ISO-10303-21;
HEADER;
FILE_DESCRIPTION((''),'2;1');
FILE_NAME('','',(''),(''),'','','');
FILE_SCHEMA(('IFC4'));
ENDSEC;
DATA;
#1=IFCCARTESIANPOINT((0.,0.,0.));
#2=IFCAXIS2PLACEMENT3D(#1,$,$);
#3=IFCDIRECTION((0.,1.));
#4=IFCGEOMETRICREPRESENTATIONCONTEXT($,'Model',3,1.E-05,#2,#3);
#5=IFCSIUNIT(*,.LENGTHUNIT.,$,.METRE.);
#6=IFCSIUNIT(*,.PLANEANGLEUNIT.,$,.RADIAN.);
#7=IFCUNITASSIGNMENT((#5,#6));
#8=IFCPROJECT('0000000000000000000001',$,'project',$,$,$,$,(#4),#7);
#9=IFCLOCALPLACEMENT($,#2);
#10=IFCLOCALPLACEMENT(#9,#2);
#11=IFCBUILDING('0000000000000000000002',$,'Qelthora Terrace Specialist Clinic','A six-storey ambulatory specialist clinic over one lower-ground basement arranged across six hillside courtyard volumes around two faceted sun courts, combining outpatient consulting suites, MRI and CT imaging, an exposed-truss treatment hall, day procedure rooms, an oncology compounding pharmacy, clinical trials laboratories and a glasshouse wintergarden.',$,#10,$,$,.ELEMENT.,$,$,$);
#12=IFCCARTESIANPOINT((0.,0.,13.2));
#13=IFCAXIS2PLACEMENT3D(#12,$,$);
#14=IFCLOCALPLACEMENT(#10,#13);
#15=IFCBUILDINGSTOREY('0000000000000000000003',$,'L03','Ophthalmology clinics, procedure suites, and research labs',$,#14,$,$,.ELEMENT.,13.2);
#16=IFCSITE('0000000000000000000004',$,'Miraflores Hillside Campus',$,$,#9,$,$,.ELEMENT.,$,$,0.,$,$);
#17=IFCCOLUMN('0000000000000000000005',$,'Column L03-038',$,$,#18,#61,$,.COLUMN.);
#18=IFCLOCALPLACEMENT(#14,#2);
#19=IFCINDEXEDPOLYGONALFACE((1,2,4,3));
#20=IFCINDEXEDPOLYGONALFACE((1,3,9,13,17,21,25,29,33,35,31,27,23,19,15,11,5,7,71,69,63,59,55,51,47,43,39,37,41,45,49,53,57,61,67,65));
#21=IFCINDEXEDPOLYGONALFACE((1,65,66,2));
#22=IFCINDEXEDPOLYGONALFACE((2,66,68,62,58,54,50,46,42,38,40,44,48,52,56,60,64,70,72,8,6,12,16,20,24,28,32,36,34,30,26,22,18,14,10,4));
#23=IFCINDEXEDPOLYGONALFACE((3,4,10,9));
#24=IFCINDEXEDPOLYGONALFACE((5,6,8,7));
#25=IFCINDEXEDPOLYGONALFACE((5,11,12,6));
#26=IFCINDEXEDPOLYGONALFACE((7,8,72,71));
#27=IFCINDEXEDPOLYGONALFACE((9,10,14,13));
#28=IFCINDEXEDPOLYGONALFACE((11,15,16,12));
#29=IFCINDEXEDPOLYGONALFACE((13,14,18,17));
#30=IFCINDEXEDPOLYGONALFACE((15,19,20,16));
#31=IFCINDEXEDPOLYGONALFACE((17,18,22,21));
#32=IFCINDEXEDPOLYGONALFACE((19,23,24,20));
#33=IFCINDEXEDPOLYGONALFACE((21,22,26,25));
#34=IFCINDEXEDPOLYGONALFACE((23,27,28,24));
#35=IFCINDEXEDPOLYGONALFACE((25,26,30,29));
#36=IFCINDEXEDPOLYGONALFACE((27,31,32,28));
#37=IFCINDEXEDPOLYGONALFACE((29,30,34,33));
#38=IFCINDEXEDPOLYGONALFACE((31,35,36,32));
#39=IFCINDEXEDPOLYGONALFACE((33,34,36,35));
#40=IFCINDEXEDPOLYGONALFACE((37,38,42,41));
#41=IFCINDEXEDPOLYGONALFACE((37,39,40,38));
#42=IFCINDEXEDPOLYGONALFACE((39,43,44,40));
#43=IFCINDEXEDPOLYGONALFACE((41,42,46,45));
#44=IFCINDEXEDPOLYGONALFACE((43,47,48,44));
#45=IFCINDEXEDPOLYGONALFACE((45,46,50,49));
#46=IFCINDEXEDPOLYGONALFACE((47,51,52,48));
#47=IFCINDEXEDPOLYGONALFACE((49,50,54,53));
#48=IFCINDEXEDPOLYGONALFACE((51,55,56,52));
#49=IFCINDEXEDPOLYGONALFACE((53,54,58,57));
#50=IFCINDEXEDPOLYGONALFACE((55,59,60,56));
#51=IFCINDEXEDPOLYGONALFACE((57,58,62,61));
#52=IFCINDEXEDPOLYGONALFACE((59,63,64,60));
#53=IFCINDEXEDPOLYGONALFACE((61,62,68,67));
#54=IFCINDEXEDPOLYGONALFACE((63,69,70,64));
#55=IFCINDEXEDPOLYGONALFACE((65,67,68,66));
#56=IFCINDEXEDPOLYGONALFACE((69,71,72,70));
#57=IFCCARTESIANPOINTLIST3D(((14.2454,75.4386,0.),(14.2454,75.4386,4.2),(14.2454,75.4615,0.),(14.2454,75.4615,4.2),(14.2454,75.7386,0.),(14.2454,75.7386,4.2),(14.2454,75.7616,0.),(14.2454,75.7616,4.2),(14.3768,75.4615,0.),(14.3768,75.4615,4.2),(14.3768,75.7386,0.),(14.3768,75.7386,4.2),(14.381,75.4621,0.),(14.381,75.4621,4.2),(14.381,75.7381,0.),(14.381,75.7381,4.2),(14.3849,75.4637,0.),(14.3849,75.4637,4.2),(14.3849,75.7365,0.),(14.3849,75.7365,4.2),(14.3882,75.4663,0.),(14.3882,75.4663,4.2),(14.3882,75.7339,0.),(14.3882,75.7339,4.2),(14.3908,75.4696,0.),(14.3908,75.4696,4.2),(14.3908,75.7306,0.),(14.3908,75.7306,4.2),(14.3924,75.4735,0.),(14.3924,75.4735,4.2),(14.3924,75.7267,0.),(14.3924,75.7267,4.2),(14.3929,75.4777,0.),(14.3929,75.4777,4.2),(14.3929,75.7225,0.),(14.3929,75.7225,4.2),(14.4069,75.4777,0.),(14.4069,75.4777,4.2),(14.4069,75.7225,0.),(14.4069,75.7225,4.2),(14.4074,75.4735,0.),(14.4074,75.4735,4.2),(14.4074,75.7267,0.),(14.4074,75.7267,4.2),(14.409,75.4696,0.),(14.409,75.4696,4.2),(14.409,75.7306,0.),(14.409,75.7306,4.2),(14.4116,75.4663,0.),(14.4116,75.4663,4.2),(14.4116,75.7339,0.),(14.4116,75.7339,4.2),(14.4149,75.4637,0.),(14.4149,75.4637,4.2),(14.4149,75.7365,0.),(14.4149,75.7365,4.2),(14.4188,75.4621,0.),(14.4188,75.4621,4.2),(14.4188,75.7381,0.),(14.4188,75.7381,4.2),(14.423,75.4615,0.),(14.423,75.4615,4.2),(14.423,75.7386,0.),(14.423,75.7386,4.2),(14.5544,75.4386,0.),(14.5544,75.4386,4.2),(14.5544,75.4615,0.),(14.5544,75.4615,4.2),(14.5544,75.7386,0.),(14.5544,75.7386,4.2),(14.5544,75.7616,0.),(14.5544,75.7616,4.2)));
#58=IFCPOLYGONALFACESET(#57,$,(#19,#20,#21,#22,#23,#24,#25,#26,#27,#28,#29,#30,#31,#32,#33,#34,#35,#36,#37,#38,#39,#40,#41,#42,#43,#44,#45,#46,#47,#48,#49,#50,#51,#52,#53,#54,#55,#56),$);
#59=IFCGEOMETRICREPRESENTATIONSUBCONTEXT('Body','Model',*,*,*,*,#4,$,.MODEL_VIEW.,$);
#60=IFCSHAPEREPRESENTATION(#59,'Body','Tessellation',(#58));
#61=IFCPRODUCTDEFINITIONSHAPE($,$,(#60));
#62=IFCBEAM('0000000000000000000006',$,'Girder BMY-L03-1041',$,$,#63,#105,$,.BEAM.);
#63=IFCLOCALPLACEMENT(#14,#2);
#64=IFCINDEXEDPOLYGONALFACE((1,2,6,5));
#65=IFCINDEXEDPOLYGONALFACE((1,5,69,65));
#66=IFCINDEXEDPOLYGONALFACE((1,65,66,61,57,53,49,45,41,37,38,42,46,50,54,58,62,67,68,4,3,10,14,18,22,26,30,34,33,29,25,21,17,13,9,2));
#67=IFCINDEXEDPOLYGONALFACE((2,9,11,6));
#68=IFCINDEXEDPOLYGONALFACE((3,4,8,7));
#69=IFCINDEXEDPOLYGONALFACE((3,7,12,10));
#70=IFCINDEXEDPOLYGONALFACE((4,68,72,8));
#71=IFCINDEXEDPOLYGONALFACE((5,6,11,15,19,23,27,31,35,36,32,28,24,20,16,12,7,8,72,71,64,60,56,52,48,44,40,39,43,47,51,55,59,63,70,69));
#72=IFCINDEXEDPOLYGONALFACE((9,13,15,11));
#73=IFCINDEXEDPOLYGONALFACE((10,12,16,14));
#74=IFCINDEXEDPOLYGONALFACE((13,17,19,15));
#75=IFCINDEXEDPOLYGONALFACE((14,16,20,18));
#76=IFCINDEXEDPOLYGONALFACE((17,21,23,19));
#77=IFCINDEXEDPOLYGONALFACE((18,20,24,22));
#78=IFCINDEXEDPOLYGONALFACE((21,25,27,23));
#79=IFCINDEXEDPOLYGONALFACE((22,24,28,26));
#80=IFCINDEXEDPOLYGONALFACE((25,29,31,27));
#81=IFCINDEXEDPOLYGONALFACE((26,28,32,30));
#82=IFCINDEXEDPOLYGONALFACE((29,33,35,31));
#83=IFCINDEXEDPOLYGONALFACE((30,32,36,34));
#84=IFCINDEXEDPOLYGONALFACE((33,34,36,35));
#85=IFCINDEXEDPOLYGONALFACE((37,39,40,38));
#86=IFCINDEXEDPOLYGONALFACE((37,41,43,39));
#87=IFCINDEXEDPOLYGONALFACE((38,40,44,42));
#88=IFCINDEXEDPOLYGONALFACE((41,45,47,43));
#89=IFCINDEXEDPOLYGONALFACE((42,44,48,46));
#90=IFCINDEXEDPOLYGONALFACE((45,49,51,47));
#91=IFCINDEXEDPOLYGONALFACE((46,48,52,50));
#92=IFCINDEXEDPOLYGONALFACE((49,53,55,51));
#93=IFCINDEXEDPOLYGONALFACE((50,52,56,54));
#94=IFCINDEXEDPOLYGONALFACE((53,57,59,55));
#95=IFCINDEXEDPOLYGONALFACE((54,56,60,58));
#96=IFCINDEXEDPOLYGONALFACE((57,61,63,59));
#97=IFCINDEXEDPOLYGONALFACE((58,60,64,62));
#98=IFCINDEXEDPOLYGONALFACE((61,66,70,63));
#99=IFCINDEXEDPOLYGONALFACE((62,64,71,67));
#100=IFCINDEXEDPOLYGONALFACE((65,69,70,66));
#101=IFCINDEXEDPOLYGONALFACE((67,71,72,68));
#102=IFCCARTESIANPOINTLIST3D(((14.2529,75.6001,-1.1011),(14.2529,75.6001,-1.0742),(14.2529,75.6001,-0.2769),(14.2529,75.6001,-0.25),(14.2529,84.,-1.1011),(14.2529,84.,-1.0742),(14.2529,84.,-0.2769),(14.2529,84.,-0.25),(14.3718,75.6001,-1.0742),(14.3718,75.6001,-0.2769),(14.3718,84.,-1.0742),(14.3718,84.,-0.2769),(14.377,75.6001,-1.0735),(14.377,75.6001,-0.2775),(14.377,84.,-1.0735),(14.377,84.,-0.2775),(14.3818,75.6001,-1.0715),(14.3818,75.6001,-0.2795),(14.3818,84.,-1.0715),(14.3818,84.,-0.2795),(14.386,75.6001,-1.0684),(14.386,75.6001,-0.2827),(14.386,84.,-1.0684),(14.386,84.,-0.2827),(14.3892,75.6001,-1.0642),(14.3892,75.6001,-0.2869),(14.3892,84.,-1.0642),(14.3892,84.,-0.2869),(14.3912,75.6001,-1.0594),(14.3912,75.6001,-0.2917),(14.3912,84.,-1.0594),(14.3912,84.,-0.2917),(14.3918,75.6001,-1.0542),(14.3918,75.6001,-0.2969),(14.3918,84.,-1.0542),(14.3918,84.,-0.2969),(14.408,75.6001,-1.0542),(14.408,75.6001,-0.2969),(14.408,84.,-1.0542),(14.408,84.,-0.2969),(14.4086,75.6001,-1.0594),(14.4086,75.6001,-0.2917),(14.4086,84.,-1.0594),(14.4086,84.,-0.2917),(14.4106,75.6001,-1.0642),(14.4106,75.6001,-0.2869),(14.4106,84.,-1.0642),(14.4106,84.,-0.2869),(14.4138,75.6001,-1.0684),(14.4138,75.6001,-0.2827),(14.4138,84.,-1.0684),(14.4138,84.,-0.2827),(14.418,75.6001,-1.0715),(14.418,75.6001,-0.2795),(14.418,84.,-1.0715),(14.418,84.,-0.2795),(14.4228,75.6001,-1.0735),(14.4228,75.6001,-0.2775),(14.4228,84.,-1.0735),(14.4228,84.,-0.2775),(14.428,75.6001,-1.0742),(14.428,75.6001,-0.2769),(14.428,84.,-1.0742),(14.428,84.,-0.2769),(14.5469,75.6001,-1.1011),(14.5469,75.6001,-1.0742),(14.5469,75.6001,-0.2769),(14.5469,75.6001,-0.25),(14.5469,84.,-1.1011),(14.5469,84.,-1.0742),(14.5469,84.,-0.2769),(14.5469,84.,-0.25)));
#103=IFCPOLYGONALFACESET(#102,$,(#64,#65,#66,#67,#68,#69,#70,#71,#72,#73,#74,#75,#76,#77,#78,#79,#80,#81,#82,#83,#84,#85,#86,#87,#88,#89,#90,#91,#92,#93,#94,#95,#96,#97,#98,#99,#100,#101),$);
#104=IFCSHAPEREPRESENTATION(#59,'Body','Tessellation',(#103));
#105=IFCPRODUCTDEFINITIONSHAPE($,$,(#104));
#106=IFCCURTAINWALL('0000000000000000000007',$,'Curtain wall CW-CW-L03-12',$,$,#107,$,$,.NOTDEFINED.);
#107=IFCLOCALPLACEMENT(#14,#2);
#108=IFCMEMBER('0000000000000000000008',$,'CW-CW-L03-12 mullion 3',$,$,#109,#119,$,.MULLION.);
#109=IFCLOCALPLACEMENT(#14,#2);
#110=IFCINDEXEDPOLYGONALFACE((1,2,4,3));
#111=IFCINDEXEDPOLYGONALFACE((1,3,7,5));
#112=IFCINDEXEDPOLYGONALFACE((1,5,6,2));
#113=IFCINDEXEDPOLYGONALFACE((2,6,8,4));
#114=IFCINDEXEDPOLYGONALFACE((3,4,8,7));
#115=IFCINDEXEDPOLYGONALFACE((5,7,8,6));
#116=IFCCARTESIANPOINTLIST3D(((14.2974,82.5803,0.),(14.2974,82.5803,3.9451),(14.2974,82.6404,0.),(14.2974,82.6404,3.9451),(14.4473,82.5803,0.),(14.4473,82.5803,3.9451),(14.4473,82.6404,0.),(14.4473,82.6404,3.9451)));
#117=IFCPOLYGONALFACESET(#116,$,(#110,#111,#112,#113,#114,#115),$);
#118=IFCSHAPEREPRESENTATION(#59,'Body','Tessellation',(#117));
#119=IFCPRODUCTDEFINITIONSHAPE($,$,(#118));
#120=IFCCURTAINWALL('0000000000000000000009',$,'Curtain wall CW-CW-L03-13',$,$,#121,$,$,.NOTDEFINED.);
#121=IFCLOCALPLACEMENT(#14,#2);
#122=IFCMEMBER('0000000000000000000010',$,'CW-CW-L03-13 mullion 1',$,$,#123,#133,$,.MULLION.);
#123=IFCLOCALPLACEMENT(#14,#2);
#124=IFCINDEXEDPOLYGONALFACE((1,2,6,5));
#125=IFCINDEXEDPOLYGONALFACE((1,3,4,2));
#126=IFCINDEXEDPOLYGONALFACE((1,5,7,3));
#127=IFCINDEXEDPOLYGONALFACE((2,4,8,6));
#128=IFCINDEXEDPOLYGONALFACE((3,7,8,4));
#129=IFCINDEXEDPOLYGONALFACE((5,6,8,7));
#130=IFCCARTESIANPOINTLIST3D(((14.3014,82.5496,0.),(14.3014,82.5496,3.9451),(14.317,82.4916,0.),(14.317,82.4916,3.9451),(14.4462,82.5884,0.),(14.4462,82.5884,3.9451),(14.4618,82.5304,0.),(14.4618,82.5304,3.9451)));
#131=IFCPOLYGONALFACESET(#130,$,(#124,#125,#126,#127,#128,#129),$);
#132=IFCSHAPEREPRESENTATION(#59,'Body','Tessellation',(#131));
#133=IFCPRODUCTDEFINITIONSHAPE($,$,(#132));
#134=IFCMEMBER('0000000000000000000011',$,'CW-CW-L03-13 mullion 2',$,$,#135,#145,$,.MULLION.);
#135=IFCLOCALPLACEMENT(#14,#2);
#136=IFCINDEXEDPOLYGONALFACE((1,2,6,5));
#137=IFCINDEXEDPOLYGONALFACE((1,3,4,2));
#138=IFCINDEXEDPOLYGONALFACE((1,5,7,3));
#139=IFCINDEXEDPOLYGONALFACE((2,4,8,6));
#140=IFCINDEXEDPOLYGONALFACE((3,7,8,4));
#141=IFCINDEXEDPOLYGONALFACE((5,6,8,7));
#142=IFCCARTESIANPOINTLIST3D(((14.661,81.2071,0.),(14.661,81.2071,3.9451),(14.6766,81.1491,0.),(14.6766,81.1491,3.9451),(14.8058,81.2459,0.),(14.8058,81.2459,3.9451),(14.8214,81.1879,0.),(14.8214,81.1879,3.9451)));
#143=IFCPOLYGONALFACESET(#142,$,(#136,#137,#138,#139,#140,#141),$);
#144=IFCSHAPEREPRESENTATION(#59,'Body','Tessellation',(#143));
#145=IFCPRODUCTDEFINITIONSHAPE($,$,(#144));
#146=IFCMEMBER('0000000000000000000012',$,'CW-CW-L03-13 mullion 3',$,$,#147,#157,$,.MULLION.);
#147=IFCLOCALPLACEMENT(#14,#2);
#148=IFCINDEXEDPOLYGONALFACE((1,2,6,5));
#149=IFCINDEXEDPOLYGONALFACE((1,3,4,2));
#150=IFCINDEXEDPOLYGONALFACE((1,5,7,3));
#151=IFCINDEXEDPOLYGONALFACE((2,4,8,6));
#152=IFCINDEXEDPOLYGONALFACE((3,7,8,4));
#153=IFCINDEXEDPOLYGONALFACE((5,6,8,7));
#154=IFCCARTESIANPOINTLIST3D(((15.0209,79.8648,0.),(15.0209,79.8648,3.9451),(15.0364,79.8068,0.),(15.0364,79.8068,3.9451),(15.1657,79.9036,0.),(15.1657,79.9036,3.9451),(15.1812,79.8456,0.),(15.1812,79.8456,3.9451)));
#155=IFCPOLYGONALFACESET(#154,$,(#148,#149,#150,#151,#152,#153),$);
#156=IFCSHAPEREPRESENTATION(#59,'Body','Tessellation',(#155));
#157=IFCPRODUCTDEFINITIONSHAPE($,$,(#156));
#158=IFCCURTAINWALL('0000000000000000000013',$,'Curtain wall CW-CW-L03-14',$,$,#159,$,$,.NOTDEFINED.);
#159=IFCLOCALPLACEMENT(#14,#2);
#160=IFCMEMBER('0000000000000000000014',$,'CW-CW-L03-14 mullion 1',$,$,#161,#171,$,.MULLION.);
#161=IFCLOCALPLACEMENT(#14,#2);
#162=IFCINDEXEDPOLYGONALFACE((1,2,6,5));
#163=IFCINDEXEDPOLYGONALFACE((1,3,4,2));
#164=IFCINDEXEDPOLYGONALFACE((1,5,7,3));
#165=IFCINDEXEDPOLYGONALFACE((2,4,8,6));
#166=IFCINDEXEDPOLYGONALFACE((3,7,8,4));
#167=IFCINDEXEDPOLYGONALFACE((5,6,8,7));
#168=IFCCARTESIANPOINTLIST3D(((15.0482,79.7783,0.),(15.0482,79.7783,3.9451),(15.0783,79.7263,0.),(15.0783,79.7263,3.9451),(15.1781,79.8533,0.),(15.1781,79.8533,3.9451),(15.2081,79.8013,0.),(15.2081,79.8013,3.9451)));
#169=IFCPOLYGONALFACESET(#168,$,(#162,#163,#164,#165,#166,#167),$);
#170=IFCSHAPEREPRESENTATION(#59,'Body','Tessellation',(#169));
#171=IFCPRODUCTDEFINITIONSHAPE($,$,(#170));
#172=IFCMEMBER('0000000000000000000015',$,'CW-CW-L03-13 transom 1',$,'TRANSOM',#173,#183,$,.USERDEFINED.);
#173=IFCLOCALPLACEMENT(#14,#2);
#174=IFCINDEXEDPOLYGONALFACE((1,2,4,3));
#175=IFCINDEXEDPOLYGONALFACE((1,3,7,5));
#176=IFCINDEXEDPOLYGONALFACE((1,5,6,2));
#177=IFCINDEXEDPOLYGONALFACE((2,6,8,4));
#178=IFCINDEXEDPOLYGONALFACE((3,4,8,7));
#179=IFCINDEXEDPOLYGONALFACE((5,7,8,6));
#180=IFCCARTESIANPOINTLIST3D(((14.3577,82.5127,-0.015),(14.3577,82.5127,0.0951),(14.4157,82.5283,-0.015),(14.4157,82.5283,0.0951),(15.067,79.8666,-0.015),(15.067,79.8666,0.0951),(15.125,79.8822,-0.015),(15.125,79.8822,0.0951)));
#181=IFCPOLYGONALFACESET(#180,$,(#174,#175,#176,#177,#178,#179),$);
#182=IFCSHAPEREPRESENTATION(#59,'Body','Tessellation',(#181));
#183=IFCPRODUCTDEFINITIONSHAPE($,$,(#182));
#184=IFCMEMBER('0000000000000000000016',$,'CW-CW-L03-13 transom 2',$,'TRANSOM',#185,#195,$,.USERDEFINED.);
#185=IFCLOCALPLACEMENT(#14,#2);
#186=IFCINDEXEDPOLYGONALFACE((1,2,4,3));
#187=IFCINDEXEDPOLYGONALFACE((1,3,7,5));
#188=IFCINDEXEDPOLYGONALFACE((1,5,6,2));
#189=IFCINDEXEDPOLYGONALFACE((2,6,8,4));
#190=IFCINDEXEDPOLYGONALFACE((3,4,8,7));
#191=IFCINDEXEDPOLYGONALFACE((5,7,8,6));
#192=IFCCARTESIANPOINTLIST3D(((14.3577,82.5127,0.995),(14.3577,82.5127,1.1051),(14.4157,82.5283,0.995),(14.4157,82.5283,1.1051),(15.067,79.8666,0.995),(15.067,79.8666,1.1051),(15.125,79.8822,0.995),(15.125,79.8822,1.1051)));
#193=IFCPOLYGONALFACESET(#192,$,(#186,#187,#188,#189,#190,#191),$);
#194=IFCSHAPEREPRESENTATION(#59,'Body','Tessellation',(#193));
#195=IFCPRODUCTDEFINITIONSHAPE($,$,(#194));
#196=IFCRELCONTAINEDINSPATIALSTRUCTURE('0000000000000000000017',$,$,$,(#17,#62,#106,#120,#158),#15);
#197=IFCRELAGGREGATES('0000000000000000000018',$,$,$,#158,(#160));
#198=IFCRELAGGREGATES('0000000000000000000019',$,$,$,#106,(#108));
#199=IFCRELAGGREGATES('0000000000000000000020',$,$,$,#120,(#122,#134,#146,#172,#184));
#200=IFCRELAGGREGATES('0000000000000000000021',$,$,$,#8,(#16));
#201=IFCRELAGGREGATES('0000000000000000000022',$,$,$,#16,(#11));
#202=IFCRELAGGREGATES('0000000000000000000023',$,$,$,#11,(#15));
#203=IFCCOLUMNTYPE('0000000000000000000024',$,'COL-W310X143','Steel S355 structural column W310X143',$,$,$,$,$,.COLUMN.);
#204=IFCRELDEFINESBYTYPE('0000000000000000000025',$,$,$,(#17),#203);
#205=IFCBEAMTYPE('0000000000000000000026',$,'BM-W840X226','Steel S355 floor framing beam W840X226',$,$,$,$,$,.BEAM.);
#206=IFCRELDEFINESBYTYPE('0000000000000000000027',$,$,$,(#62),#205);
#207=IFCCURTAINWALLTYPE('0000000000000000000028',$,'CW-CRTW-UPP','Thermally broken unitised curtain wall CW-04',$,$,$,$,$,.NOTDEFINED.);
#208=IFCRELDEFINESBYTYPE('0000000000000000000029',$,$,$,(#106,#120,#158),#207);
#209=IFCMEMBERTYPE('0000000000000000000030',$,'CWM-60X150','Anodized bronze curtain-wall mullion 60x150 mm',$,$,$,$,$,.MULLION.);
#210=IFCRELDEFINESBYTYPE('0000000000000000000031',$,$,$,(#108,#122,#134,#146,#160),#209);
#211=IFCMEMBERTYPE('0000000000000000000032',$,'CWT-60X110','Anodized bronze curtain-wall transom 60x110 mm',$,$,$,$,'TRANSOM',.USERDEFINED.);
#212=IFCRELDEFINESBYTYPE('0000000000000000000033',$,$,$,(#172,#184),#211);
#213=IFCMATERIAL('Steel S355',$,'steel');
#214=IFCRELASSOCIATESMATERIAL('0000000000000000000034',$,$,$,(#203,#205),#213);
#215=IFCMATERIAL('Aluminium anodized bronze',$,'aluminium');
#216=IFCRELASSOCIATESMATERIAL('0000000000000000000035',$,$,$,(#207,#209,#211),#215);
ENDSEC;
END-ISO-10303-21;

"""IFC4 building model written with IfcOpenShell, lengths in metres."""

from ifc_helpers import new_model, si_unit, direction, frame, origin, origin_2d, place, context, subcontext, project, spatial, rectangle, i_section, extrude, material, material_profile, profile_set, type_object, element, aggregate, save


model = new_model("IFC4")

# Units and contexts
model_context = context("Model", 3, precision=1e-05, world=origin(), true_north=direction((0.0, 1.0)))
body_context = subcontext(model_context, "Body", "Model", "MODEL_VIEW")
ifc_project = project(units=[si_unit("LENGTHUNIT", "METRE"), si_unit("PLANEANGLEUNIT", "RADIAN")], contexts=[model_context])

# Site, building, storey
site_placement = place(None, origin())
site = spatial("IfcSite", under=ifc_project, at=site_placement, Name="Miraflores Hillside Campus", CompositionType="ELEMENT", RefElevation=0.0)
building_placement = place(site_placement, origin())
building = spatial("IfcBuilding", under=site, at=building_placement, Name="Qelthora Terrace Specialist Clinic", Description="A six-storey ambulatory specialist clinic over one lower-ground basement arranged across six hillside courtyard volumes around two faceted sun courts, combining outpatient consulting suites, MRI and CT imaging, an exposed-truss treatment hall, day procedure rooms, an oncology compounding pharmacy, clinical trials laboratories and a glasshouse wintergarden.", CompositionType="ELEMENT")
storey_placement = place(building_placement, frame((0.0, 0.0, 13.2)))
storey = spatial("IfcBuildingStorey", under=building, at=storey_placement, Name="L03", Description="Ophthalmology clinics, procedure suites, and research labs", CompositionType="ELEMENT", Elevation=13.2)

# Column
ifc_material_1 = material(Name="Steel S355", Category="steel")
ifc_material_profile_1 = material_profile(ifc_material_1, i_section(OverallWidth=0.3091, OverallDepth=0.323, WebThickness=0.0139, FlangeThickness=0.0229, FilletRadius=0.0161, at=origin_2d()), Name="W310X143")
ifc_profile_set_1 = profile_set([ifc_material_profile_1], Name="Steel S355")
column_type = type_object("IfcColumnType", Name="COL-W310X143", Description="Steel S355 structural column W310X143", PredefinedType="COLUMN", material=ifc_profile_set_1)
column_placement = place(storey_placement, frame((14.3999, 75.6001, 0.0), z_axis=(0.0, 0.0, 1.0), x_axis=(1.0, 0.0, 0.0)))
element("IfcColumn", 1, at=column_placement, inside=storey, type_object=column_type, Name="Column L03-038", PredefinedType="COLUMN", context=body_context, shape_type="SweptSolid", body=[
    extrude(i_section(OverallWidth=0.3091, OverallDepth=0.323, WebThickness=0.0139, FlangeThickness=0.0229, FilletRadius=0.0161, at=origin_2d()), origin(), (0.0, 0.0, 1.0), 4.2),
])

# Beam
ifc_material_profile_2 = material_profile(ifc_material_1, i_section(OverallWidth=0.2939, OverallDepth=0.8511, WebThickness=0.0161, FlangeThickness=0.0269, FilletRadius=0.02, at=origin_2d()), Name="W840X226")
ifc_profile_set_2 = profile_set([ifc_material_profile_2], Name="Steel S355")
beam_type = type_object("IfcBeamType", Name="BM-W840X226", Description="Steel S355 floor framing beam W840X226", PredefinedType="BEAM", material=ifc_profile_set_2)
beam_placement = place(storey_placement, frame((14.3999, 75.6001, -0.6755), z_axis=(0.0, 1.0, 0.0), x_axis=(-1.0, 0.0, 0.0)))
element("IfcBeam", 2, at=beam_placement, inside=storey, type_object=beam_type, Name="Girder BMY-L03-1041", PredefinedType="BEAM", context=body_context, shape_type="SweptSolid", body=[
    extrude(i_section(OverallWidth=0.2939, OverallDepth=0.8511, WebThickness=0.0161, FlangeThickness=0.0269, FilletRadius=0.02, at=origin_2d()), origin(), (0.0, 0.0, 1.0), 8.3999),
])

# Curtain wall, member
ifc_material_2 = material(Name="Aluminium anodized bronze", Category="aluminium")
curtain_wall_type = type_object("IfcCurtainWallType", Name="CW-CRTW-UPP", Description="Thermally broken unitised curtain wall CW-04", PredefinedType="NOTDEFINED", material=ifc_material_2)
curtain_wall_1_placement = place(storey_placement, origin())
curtain_wall_1 = element("IfcCurtainWall", 3, at=curtain_wall_1_placement, inside=storey, type_object=curtain_wall_type, Name="Curtain wall CW-CW-L03-12", PredefinedType="NOTDEFINED")
ifc_material_profile_3 = material_profile(ifc_material_2, rectangle(XDim=0.0601, YDim=0.1499, at=origin_2d()), Name="CWM60X150")
ifc_profile_set_3 = profile_set([ifc_material_profile_3], Name="Aluminium anodized bronze")
member_type_1 = type_object("IfcMemberType", Name="CWM-60X150", Description="Anodized bronze curtain-wall mullion 60x150 mm", PredefinedType="MULLION", material=ifc_profile_set_3)
member_1_placement = place(storey_placement, frame((14.3723, 82.6104, 0.0), z_axis=(0.0, 0.0, 1.0), x_axis=(0.0, -1.0, 0.0)))
member_1 = element("IfcMember", 4, at=member_1_placement, type_object=member_type_1, Name="CW-CW-L03-12 mullion 3", PredefinedType="MULLION", context=body_context, shape_type="SweptSolid", body=[
    extrude(rectangle(XDim=0.0601, YDim=0.1499, at=origin_2d()), origin(), (0.0, 0.0, 1.0), 3.9451),
])

# Curtain wall, members
curtain_wall_2_placement = place(storey_placement, origin())
curtain_wall_2 = element("IfcCurtainWall", 5, at=curtain_wall_2_placement, inside=storey, type_object=curtain_wall_type, Name="Curtain wall CW-CW-L03-13", PredefinedType="NOTDEFINED")
member_2_placement = place(storey_placement, frame((14.3816, 82.54, 0.0), z_axis=(0.0, 0.0, 1.0), x_axis=(0.25882, -0.965925, 0.0)))
member_2 = element("IfcMember", 6, at=member_2_placement, type_object=member_type_1, Name="CW-CW-L03-13 mullion 1", PredefinedType="MULLION", context=body_context, shape_type="SweptSolid", body=[
    extrude(rectangle(XDim=0.0601, YDim=0.1499, at=origin_2d()), origin(), (0.0, 0.0, 1.0), 3.9451),
])
member_3_placement = place(storey_placement, frame((14.7412, 81.1975, 0.0), z_axis=(0.0, 0.0, 1.0), x_axis=(0.25882, -0.965925, 0.0)))
member_3 = element("IfcMember", 7, at=member_3_placement, type_object=member_type_1, Name="CW-CW-L03-13 mullion 2", PredefinedType="MULLION", context=body_context, shape_type="SweptSolid", body=[
    extrude(rectangle(XDim=0.0601, YDim=0.1499, at=origin_2d()), origin(), (0.0, 0.0, 1.0), 3.9451),
])
member_4_placement = place(storey_placement, frame((15.1011, 79.8552, 0.0), z_axis=(0.0, 0.0, 1.0), x_axis=(0.25882, -0.965925, 0.0)))
member_4 = element("IfcMember", 8, at=member_4_placement, type_object=member_type_1, Name="CW-CW-L03-13 mullion 3", PredefinedType="MULLION", context=body_context, shape_type="SweptSolid", body=[
    extrude(rectangle(XDim=0.0601, YDim=0.1499, at=origin_2d()), origin(), (0.0, 0.0, 1.0), 3.9451),
])

# Curtain wall, member
curtain_wall_3_placement = place(storey_placement, origin())
curtain_wall_3 = element("IfcCurtainWall", 9, at=curtain_wall_3_placement, inside=storey, type_object=curtain_wall_type, Name="Curtain wall CW-CW-L03-14", PredefinedType="NOTDEFINED")
member_5_placement = place(storey_placement, frame((15.1282, 79.7898, 0.0), z_axis=(0.0, 0.0, 1.0), x_axis=(0.5, -0.866026, 0.0)))
member_5 = element("IfcMember", 10, at=member_5_placement, type_object=member_type_1, Name="CW-CW-L03-14 mullion 1", PredefinedType="MULLION", context=body_context, shape_type="SweptSolid", body=[
    extrude(rectangle(XDim=0.0601, YDim=0.1499, at=origin_2d()), origin(), (0.0, 0.0, 1.0), 3.9451),
])

# Members
ifc_material_profile_4 = material_profile(ifc_material_2, rectangle(XDim=0.0601, YDim=0.1101, at=origin_2d()), Name="CWT60X110")
ifc_profile_set_4 = profile_set([ifc_material_profile_4], Name="Aluminium anodized bronze")
member_type_2 = type_object("IfcMemberType", Name="CWT-60X110", Description="Anodized bronze curtain-wall transom 60x110 mm", ElementType="TRANSOM", PredefinedType="USERDEFINED", material=ifc_profile_set_4)
member_6_placement = place(storey_placement, frame((14.3867, 82.5205, 0.04), z_axis=(0.258899, -0.965904, 0.0), x_axis=(0.965904, 0.258899, 0.0)))
member_6 = element("IfcMember", 11, at=member_6_placement, type_object=member_type_2, Name="CW-CW-L03-13 transom 1", ObjectType="TRANSOM", PredefinedType="USERDEFINED", context=body_context, shape_type="SweptSolid", body=[
    extrude(rectangle(XDim=0.0601, YDim=0.1101, at=origin_2d()), origin(), (0.0, 0.0, 1.0), 2.7395),
])
member_7_placement = place(storey_placement, frame((14.3867, 82.5205, 1.05), z_axis=(0.258899, -0.965904, 0.0), x_axis=(0.965904, 0.258899, 0.0)))
member_7 = element("IfcMember", 12, at=member_7_placement, type_object=member_type_2, Name="CW-CW-L03-13 transom 2", ObjectType="TRANSOM", PredefinedType="USERDEFINED", context=body_context, shape_type="SweptSolid", body=[
    extrude(rectangle(XDim=0.0601, YDim=0.1101, at=origin_2d()), origin(), (0.0, 0.0, 1.0), 2.7395),
])
aggregate(curtain_wall_3, [member_5])

aggregate(curtain_wall_1, [member_1])
aggregate(curtain_wall_2, [member_2, member_3, member_4, member_6, member_7])

save(model, "model.ifc")
